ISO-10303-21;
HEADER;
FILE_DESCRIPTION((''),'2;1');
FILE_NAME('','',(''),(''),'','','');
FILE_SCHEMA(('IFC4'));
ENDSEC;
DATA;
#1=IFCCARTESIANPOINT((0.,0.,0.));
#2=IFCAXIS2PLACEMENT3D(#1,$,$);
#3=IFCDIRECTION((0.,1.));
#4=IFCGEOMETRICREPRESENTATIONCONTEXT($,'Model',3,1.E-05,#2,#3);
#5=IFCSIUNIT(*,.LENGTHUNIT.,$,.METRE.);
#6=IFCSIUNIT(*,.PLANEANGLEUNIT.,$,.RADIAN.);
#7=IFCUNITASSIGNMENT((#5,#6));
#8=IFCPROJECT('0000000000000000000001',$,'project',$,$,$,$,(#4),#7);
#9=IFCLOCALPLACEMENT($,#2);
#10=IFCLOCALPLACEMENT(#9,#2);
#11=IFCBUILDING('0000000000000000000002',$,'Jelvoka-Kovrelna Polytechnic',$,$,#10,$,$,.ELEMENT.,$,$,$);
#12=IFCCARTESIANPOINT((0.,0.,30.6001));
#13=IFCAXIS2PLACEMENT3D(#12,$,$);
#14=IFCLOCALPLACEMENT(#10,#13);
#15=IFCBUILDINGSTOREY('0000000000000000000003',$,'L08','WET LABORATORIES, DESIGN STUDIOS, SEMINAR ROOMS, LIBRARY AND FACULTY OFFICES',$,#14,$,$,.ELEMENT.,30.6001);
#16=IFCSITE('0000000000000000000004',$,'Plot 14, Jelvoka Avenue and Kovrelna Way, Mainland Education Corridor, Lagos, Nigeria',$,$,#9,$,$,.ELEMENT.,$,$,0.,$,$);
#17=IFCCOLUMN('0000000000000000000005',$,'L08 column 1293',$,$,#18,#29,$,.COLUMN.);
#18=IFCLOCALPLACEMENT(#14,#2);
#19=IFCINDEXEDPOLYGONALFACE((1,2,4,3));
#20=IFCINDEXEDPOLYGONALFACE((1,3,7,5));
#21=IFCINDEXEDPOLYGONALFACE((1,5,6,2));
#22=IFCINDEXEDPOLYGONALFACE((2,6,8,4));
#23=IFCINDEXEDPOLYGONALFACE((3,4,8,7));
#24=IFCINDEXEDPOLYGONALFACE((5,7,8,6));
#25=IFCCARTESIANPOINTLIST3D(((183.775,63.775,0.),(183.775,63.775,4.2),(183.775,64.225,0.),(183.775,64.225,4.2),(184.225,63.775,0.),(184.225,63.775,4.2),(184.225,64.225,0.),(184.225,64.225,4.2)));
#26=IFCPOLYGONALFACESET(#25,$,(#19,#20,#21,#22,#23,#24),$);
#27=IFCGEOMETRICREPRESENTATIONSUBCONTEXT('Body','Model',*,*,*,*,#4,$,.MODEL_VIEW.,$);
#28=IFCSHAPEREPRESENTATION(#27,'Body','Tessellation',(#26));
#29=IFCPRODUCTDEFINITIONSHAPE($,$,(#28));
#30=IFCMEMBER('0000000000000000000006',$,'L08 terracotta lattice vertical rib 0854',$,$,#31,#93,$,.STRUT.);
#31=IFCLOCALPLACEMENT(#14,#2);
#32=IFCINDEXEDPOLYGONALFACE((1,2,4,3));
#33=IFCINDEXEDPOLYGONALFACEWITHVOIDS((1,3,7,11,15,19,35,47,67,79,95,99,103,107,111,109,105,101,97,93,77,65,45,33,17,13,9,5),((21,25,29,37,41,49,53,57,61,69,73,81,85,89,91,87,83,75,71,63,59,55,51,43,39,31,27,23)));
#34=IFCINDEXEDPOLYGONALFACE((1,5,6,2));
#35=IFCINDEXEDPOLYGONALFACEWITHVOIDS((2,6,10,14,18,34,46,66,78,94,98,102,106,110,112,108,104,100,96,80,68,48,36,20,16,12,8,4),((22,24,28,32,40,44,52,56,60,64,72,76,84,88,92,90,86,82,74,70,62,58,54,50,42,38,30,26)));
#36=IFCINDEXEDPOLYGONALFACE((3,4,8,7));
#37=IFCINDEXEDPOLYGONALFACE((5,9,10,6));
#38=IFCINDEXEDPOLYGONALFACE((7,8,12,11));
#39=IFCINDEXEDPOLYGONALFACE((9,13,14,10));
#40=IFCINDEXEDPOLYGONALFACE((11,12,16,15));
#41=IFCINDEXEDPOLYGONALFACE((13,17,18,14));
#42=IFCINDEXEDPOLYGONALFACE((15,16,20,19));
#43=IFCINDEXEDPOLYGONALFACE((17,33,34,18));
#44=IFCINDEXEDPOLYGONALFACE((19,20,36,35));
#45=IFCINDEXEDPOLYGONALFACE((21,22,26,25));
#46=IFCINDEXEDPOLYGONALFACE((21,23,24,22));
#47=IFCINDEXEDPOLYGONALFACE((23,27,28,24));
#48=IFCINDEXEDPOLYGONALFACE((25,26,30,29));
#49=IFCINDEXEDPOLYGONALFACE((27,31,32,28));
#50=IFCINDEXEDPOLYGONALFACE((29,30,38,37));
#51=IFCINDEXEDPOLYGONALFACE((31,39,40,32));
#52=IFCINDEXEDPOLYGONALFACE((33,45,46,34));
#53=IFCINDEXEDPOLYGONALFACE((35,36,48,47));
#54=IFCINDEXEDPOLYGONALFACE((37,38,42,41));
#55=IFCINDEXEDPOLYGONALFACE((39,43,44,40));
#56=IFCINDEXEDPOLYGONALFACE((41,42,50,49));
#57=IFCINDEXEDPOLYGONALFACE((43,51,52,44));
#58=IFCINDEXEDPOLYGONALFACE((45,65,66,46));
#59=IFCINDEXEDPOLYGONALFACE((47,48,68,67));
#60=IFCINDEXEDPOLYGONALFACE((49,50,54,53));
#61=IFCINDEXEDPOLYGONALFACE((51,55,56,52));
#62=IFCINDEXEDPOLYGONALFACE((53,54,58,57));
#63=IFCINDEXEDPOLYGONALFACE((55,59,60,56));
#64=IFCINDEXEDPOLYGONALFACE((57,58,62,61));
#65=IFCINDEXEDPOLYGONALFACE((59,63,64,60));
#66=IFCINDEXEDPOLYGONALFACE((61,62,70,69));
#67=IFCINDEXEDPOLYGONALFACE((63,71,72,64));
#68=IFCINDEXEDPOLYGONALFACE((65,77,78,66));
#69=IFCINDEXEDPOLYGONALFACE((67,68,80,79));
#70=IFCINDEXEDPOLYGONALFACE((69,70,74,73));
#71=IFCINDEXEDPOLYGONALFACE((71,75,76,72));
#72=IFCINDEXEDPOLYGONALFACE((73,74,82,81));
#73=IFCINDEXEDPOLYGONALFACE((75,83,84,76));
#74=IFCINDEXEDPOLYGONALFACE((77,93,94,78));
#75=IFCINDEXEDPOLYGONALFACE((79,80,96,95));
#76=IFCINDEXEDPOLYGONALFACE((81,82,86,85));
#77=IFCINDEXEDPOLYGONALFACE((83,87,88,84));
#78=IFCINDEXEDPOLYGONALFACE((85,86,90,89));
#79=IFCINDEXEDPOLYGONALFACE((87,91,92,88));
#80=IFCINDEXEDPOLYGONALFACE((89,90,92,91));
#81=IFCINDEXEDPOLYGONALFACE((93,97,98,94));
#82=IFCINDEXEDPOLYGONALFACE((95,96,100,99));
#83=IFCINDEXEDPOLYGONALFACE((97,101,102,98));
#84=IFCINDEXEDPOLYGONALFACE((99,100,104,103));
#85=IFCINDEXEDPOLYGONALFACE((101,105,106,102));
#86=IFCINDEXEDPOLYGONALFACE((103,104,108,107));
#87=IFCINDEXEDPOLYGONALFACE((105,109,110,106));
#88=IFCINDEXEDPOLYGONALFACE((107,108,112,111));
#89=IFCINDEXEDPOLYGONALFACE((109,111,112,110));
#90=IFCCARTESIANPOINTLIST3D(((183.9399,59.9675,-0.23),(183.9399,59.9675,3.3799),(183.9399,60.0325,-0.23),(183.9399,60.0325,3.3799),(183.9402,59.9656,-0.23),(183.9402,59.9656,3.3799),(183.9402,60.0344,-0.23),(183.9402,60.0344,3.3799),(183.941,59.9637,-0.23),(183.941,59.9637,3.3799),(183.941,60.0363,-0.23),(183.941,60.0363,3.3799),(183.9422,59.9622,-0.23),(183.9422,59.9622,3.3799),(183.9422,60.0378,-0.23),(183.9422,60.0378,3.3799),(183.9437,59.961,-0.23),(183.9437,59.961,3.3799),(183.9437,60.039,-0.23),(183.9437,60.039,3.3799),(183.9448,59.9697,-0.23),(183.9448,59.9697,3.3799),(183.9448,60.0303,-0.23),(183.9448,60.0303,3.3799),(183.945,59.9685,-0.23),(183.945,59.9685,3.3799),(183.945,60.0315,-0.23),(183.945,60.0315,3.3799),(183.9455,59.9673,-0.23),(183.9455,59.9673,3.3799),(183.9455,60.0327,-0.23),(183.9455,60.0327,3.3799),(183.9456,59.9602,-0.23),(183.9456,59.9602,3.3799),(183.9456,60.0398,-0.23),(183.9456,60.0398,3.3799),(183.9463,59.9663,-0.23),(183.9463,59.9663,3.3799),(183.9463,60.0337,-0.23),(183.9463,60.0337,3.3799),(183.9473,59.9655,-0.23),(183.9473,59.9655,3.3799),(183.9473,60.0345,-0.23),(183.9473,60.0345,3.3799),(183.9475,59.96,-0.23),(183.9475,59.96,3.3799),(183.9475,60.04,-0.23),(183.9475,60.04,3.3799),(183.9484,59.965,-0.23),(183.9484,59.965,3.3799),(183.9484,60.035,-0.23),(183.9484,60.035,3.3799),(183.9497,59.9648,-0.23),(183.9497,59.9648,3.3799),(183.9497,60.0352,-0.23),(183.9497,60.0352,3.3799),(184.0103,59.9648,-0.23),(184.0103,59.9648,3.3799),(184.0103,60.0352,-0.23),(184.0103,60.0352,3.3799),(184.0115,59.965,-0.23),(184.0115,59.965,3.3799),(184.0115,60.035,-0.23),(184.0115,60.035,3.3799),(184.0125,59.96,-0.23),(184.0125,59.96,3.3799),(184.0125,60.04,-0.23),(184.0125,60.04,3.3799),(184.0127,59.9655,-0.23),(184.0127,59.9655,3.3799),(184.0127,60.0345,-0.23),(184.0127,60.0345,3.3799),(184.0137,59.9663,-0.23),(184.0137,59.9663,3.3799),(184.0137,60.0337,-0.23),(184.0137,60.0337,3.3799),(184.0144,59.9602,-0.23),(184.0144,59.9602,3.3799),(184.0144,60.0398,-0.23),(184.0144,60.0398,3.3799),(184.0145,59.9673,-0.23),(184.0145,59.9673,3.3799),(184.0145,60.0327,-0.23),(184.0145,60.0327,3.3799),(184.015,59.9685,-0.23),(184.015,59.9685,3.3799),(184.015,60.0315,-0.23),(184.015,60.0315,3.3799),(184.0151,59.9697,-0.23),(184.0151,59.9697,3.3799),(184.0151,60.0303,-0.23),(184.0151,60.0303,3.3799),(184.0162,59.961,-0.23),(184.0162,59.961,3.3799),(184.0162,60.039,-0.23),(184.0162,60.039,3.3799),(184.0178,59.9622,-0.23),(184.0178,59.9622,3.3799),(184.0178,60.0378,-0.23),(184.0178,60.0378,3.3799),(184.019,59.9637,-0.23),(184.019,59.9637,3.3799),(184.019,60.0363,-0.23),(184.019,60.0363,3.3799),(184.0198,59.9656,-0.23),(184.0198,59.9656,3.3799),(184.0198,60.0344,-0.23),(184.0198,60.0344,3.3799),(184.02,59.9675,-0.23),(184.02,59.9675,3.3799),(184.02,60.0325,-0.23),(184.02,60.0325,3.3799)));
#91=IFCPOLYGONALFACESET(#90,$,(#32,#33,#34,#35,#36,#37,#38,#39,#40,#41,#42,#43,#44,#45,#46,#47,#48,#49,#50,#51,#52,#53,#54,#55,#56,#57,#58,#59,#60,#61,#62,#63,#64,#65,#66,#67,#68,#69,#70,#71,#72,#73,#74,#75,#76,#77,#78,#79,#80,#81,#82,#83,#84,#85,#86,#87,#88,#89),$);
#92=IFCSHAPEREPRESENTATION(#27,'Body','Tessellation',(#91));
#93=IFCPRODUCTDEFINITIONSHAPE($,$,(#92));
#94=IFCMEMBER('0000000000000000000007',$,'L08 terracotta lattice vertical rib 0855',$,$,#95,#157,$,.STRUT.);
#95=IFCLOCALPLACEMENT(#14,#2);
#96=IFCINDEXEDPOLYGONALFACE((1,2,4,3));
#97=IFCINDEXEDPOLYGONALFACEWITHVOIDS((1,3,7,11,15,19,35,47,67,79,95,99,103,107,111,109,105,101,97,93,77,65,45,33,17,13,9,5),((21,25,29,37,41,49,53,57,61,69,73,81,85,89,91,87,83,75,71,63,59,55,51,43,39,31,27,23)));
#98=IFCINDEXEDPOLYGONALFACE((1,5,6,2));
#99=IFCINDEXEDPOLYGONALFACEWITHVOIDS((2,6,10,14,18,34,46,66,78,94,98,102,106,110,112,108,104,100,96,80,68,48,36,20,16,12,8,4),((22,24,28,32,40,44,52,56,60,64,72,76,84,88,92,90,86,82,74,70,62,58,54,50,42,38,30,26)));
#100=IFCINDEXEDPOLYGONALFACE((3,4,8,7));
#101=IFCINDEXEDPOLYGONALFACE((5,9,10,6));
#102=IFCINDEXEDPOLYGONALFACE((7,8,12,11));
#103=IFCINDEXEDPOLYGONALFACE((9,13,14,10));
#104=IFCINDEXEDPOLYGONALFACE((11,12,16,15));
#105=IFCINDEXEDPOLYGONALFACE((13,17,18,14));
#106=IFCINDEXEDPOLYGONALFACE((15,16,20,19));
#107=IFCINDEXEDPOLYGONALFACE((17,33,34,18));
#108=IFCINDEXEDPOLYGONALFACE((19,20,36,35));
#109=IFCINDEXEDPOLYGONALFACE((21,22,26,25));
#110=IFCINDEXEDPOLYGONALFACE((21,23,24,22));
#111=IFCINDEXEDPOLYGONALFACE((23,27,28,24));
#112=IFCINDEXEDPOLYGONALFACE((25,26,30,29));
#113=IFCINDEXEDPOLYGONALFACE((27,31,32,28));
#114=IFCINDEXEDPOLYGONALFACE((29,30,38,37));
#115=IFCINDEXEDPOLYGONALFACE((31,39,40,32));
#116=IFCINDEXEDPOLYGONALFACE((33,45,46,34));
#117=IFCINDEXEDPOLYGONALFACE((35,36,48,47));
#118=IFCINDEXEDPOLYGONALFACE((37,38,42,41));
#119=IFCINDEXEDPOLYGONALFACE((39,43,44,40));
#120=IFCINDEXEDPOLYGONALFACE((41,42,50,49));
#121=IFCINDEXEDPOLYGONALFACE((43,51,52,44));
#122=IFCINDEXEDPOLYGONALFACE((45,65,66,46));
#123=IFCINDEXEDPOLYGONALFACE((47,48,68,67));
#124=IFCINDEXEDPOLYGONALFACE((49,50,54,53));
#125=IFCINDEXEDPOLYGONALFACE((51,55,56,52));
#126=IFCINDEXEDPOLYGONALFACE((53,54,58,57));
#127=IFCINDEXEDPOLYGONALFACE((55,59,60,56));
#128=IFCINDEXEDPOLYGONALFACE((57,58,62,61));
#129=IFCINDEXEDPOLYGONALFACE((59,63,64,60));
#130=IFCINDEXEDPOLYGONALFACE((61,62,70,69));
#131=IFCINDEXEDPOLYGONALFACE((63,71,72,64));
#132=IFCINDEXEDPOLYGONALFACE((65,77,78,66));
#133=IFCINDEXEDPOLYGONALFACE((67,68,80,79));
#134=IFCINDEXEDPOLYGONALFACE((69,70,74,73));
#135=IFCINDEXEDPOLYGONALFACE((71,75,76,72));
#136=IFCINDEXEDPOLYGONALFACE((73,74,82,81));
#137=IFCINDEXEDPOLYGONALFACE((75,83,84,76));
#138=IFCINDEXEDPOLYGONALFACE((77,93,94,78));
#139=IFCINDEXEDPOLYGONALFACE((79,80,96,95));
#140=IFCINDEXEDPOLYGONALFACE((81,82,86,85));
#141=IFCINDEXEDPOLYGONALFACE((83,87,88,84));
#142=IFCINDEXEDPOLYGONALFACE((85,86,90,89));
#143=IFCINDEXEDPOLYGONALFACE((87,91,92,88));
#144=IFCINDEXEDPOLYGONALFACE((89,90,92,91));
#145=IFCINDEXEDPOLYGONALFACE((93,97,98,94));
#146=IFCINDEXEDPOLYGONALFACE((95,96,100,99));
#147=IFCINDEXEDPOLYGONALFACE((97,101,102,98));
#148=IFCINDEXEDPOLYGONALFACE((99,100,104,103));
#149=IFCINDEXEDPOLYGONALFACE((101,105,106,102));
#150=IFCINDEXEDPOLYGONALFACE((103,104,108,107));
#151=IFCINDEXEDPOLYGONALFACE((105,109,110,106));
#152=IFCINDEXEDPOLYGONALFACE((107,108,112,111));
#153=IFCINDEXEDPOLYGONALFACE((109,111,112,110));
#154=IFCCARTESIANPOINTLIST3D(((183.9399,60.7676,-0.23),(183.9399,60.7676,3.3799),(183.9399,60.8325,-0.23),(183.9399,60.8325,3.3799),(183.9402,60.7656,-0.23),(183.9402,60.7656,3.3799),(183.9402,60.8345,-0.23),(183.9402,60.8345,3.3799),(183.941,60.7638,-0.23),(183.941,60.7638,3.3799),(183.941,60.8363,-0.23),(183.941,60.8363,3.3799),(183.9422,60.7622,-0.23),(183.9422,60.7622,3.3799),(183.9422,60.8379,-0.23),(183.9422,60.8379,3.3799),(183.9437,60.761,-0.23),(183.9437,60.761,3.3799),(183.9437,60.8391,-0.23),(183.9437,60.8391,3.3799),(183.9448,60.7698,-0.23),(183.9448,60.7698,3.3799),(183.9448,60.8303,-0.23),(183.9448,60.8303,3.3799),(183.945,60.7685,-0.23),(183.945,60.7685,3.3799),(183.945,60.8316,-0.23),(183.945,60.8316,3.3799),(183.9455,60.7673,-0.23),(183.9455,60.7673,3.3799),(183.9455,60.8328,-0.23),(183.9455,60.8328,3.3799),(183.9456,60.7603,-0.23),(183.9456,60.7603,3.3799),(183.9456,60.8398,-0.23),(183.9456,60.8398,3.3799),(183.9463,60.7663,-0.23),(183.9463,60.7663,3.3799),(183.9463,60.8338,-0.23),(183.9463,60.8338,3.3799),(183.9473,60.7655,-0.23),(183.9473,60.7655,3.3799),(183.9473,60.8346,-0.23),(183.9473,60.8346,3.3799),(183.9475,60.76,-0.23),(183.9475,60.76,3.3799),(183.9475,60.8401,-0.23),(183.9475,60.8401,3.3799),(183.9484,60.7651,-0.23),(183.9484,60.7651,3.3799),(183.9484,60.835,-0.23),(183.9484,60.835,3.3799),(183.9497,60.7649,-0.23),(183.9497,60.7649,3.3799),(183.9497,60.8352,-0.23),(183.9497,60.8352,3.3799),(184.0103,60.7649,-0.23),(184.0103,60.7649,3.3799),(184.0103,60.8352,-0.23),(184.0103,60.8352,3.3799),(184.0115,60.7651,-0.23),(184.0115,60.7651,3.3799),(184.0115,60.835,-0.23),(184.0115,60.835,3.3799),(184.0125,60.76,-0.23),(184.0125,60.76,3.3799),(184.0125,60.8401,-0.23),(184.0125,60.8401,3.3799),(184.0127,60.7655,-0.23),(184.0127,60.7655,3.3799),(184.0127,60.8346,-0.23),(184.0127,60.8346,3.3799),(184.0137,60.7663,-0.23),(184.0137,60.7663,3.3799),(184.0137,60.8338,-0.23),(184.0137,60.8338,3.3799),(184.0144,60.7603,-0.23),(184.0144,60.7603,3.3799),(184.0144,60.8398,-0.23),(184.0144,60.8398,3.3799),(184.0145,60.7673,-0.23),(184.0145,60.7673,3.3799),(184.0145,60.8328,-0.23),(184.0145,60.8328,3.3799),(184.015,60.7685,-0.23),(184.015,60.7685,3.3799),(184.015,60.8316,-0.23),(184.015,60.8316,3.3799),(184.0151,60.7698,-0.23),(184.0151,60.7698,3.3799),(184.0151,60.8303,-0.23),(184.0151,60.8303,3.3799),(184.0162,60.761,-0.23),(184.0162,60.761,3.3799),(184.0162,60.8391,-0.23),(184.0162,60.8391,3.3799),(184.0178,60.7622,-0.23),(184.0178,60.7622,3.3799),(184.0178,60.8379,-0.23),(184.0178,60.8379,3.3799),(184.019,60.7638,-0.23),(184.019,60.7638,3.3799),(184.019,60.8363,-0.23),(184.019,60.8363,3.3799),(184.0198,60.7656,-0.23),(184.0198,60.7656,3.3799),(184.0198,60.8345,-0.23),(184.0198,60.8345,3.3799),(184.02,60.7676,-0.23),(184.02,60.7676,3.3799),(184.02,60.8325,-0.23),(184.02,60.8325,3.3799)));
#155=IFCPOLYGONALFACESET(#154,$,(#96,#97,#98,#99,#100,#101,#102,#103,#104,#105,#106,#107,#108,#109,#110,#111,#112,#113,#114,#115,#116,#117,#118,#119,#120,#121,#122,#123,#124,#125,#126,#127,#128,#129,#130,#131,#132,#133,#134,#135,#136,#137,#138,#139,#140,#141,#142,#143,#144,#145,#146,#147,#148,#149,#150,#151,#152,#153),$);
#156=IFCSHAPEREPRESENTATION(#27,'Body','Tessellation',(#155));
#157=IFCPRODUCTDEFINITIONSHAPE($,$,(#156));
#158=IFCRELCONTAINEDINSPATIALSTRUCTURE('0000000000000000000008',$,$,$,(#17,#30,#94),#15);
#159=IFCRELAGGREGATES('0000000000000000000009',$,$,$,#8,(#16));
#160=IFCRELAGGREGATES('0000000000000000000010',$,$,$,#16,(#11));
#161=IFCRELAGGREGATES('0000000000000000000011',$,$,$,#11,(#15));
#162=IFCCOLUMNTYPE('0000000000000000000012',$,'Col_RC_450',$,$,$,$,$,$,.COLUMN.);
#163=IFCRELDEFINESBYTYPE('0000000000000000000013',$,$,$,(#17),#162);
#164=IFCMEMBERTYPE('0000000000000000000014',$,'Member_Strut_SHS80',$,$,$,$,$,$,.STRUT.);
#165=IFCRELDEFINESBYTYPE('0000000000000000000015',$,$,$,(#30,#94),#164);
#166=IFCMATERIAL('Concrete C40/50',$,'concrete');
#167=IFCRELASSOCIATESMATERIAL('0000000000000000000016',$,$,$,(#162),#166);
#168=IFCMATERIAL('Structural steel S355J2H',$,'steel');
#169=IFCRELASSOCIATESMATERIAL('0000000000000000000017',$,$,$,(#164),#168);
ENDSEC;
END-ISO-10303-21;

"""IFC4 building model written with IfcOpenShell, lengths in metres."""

from ifc_helpers import new_model, si_unit, direction, frame, origin, origin_2d, place, context, subcontext, project, spatial, rectangle, hollow_rectangle, extrude, material, material_profile, profile_set, type_object, element, save


model = new_model("IFC4")

# Units and contexts
model_context = context("Model", 3, precision=1e-05, world=origin(), true_north=direction((0.0, 1.0)))
body_context = subcontext(model_context, "Body", "Model", "MODEL_VIEW")
ifc_project = project(units=[si_unit("LENGTHUNIT", "METRE"), si_unit("PLANEANGLEUNIT", "RADIAN")], contexts=[model_context])

# Site, building, storey
site_placement = place(None, origin())
site = spatial("IfcSite", under=ifc_project, at=site_placement, Name="Plot 14, Jelvoka Avenue and Kovrelna Way, Mainland Education Corridor, Lagos, Nigeria", CompositionType="ELEMENT", RefElevation=0.0)
building_placement = place(site_placement, origin())
building = spatial("IfcBuilding", under=site, at=building_placement, Name="Jelvoka-Kovrelna Polytechnic", CompositionType="ELEMENT")
storey_placement = place(building_placement, frame((0.0, 0.0, 30.6001)))
storey = spatial("IfcBuildingStorey", under=building, at=storey_placement, Name="L08", Description="WET LABORATORIES, DESIGN STUDIOS, SEMINAR ROOMS, LIBRARY AND FACULTY OFFICES", CompositionType="ELEMENT", Elevation=30.6001)

# Column
ifc_material_1 = material(Name="Concrete C40/50", Category="concrete")
ifc_material_profile_1 = material_profile(ifc_material_1, rectangle(XDim=0.45, YDim=0.45, at=origin_2d()), Name="RC 450x450")
ifc_profile_set_1 = profile_set([ifc_material_profile_1], Name="Concrete C40/50")
column_type = type_object("IfcColumnType", Name="Col_RC_450", PredefinedType="COLUMN", material=ifc_profile_set_1)
column_placement = place(storey_placement, frame((184.0, 64.0, 0.0), z_axis=(0.0, 0.0, 1.0), x_axis=(1.0, 0.0, 0.0)))
element("IfcColumn", 1, at=column_placement, inside=storey, type_object=column_type, Name="L08 column 1293", PredefinedType="COLUMN", context=body_context, shape_type="SweptSolid", body=[
    extrude(rectangle(XDim=0.45, YDim=0.45, at=origin_2d()), origin(), (0.0, 0.0, 1.0), 4.2),
])

# Members
ifc_material_2 = material(Name="Structural steel S355J2H", Category="steel")
ifc_material_profile_2 = material_profile(ifc_material_2, hollow_rectangle(XDim=0.0801, YDim=0.0801, WallThickness=0.0049, InnerFilletRadius=0.0049, OuterFilletRadius=0.0076, at=origin_2d()), Name="80x80x5.0 SHS")
ifc_profile_set_2 = profile_set([ifc_material_profile_2], Name="Structural steel S355J2H")
member_type_1 = type_object("IfcMemberType", Name="Member_Strut_SHS80", PredefinedType="STRUT", material=ifc_profile_set_2)
for number, where, z_axis, x_axis, name in (
    (2, (183.98, 60.0, -0.23), (0.0, 0.0, 1.0), (1.0, 0.0, 0.0), "L08 terracotta lattice vertical rib 0854"),
    (3, (183.98, 60.8, -0.23), (0.0, 0.0, 1.0), (1.0, 0.0, 0.0), "L08 terracotta lattice vertical rib 0855"),
):
    element("IfcMember", number, at=place(storey_placement, frame(where, z_axis=z_axis, x_axis=x_axis)), inside=storey, type_object=member_type_1, Name=name, PredefinedType="STRUT", context=body_context, shape_type="SweptSolid", body=[
        extrude(hollow_rectangle(XDim=0.0801, YDim=0.0801, WallThickness=0.0049, InnerFilletRadius=0.0049, OuterFilletRadius=0.0076, at=origin_2d()), origin(), (0.0, 0.0, 1.0), 3.6099),
    ])

save(model, "model.ifc")
